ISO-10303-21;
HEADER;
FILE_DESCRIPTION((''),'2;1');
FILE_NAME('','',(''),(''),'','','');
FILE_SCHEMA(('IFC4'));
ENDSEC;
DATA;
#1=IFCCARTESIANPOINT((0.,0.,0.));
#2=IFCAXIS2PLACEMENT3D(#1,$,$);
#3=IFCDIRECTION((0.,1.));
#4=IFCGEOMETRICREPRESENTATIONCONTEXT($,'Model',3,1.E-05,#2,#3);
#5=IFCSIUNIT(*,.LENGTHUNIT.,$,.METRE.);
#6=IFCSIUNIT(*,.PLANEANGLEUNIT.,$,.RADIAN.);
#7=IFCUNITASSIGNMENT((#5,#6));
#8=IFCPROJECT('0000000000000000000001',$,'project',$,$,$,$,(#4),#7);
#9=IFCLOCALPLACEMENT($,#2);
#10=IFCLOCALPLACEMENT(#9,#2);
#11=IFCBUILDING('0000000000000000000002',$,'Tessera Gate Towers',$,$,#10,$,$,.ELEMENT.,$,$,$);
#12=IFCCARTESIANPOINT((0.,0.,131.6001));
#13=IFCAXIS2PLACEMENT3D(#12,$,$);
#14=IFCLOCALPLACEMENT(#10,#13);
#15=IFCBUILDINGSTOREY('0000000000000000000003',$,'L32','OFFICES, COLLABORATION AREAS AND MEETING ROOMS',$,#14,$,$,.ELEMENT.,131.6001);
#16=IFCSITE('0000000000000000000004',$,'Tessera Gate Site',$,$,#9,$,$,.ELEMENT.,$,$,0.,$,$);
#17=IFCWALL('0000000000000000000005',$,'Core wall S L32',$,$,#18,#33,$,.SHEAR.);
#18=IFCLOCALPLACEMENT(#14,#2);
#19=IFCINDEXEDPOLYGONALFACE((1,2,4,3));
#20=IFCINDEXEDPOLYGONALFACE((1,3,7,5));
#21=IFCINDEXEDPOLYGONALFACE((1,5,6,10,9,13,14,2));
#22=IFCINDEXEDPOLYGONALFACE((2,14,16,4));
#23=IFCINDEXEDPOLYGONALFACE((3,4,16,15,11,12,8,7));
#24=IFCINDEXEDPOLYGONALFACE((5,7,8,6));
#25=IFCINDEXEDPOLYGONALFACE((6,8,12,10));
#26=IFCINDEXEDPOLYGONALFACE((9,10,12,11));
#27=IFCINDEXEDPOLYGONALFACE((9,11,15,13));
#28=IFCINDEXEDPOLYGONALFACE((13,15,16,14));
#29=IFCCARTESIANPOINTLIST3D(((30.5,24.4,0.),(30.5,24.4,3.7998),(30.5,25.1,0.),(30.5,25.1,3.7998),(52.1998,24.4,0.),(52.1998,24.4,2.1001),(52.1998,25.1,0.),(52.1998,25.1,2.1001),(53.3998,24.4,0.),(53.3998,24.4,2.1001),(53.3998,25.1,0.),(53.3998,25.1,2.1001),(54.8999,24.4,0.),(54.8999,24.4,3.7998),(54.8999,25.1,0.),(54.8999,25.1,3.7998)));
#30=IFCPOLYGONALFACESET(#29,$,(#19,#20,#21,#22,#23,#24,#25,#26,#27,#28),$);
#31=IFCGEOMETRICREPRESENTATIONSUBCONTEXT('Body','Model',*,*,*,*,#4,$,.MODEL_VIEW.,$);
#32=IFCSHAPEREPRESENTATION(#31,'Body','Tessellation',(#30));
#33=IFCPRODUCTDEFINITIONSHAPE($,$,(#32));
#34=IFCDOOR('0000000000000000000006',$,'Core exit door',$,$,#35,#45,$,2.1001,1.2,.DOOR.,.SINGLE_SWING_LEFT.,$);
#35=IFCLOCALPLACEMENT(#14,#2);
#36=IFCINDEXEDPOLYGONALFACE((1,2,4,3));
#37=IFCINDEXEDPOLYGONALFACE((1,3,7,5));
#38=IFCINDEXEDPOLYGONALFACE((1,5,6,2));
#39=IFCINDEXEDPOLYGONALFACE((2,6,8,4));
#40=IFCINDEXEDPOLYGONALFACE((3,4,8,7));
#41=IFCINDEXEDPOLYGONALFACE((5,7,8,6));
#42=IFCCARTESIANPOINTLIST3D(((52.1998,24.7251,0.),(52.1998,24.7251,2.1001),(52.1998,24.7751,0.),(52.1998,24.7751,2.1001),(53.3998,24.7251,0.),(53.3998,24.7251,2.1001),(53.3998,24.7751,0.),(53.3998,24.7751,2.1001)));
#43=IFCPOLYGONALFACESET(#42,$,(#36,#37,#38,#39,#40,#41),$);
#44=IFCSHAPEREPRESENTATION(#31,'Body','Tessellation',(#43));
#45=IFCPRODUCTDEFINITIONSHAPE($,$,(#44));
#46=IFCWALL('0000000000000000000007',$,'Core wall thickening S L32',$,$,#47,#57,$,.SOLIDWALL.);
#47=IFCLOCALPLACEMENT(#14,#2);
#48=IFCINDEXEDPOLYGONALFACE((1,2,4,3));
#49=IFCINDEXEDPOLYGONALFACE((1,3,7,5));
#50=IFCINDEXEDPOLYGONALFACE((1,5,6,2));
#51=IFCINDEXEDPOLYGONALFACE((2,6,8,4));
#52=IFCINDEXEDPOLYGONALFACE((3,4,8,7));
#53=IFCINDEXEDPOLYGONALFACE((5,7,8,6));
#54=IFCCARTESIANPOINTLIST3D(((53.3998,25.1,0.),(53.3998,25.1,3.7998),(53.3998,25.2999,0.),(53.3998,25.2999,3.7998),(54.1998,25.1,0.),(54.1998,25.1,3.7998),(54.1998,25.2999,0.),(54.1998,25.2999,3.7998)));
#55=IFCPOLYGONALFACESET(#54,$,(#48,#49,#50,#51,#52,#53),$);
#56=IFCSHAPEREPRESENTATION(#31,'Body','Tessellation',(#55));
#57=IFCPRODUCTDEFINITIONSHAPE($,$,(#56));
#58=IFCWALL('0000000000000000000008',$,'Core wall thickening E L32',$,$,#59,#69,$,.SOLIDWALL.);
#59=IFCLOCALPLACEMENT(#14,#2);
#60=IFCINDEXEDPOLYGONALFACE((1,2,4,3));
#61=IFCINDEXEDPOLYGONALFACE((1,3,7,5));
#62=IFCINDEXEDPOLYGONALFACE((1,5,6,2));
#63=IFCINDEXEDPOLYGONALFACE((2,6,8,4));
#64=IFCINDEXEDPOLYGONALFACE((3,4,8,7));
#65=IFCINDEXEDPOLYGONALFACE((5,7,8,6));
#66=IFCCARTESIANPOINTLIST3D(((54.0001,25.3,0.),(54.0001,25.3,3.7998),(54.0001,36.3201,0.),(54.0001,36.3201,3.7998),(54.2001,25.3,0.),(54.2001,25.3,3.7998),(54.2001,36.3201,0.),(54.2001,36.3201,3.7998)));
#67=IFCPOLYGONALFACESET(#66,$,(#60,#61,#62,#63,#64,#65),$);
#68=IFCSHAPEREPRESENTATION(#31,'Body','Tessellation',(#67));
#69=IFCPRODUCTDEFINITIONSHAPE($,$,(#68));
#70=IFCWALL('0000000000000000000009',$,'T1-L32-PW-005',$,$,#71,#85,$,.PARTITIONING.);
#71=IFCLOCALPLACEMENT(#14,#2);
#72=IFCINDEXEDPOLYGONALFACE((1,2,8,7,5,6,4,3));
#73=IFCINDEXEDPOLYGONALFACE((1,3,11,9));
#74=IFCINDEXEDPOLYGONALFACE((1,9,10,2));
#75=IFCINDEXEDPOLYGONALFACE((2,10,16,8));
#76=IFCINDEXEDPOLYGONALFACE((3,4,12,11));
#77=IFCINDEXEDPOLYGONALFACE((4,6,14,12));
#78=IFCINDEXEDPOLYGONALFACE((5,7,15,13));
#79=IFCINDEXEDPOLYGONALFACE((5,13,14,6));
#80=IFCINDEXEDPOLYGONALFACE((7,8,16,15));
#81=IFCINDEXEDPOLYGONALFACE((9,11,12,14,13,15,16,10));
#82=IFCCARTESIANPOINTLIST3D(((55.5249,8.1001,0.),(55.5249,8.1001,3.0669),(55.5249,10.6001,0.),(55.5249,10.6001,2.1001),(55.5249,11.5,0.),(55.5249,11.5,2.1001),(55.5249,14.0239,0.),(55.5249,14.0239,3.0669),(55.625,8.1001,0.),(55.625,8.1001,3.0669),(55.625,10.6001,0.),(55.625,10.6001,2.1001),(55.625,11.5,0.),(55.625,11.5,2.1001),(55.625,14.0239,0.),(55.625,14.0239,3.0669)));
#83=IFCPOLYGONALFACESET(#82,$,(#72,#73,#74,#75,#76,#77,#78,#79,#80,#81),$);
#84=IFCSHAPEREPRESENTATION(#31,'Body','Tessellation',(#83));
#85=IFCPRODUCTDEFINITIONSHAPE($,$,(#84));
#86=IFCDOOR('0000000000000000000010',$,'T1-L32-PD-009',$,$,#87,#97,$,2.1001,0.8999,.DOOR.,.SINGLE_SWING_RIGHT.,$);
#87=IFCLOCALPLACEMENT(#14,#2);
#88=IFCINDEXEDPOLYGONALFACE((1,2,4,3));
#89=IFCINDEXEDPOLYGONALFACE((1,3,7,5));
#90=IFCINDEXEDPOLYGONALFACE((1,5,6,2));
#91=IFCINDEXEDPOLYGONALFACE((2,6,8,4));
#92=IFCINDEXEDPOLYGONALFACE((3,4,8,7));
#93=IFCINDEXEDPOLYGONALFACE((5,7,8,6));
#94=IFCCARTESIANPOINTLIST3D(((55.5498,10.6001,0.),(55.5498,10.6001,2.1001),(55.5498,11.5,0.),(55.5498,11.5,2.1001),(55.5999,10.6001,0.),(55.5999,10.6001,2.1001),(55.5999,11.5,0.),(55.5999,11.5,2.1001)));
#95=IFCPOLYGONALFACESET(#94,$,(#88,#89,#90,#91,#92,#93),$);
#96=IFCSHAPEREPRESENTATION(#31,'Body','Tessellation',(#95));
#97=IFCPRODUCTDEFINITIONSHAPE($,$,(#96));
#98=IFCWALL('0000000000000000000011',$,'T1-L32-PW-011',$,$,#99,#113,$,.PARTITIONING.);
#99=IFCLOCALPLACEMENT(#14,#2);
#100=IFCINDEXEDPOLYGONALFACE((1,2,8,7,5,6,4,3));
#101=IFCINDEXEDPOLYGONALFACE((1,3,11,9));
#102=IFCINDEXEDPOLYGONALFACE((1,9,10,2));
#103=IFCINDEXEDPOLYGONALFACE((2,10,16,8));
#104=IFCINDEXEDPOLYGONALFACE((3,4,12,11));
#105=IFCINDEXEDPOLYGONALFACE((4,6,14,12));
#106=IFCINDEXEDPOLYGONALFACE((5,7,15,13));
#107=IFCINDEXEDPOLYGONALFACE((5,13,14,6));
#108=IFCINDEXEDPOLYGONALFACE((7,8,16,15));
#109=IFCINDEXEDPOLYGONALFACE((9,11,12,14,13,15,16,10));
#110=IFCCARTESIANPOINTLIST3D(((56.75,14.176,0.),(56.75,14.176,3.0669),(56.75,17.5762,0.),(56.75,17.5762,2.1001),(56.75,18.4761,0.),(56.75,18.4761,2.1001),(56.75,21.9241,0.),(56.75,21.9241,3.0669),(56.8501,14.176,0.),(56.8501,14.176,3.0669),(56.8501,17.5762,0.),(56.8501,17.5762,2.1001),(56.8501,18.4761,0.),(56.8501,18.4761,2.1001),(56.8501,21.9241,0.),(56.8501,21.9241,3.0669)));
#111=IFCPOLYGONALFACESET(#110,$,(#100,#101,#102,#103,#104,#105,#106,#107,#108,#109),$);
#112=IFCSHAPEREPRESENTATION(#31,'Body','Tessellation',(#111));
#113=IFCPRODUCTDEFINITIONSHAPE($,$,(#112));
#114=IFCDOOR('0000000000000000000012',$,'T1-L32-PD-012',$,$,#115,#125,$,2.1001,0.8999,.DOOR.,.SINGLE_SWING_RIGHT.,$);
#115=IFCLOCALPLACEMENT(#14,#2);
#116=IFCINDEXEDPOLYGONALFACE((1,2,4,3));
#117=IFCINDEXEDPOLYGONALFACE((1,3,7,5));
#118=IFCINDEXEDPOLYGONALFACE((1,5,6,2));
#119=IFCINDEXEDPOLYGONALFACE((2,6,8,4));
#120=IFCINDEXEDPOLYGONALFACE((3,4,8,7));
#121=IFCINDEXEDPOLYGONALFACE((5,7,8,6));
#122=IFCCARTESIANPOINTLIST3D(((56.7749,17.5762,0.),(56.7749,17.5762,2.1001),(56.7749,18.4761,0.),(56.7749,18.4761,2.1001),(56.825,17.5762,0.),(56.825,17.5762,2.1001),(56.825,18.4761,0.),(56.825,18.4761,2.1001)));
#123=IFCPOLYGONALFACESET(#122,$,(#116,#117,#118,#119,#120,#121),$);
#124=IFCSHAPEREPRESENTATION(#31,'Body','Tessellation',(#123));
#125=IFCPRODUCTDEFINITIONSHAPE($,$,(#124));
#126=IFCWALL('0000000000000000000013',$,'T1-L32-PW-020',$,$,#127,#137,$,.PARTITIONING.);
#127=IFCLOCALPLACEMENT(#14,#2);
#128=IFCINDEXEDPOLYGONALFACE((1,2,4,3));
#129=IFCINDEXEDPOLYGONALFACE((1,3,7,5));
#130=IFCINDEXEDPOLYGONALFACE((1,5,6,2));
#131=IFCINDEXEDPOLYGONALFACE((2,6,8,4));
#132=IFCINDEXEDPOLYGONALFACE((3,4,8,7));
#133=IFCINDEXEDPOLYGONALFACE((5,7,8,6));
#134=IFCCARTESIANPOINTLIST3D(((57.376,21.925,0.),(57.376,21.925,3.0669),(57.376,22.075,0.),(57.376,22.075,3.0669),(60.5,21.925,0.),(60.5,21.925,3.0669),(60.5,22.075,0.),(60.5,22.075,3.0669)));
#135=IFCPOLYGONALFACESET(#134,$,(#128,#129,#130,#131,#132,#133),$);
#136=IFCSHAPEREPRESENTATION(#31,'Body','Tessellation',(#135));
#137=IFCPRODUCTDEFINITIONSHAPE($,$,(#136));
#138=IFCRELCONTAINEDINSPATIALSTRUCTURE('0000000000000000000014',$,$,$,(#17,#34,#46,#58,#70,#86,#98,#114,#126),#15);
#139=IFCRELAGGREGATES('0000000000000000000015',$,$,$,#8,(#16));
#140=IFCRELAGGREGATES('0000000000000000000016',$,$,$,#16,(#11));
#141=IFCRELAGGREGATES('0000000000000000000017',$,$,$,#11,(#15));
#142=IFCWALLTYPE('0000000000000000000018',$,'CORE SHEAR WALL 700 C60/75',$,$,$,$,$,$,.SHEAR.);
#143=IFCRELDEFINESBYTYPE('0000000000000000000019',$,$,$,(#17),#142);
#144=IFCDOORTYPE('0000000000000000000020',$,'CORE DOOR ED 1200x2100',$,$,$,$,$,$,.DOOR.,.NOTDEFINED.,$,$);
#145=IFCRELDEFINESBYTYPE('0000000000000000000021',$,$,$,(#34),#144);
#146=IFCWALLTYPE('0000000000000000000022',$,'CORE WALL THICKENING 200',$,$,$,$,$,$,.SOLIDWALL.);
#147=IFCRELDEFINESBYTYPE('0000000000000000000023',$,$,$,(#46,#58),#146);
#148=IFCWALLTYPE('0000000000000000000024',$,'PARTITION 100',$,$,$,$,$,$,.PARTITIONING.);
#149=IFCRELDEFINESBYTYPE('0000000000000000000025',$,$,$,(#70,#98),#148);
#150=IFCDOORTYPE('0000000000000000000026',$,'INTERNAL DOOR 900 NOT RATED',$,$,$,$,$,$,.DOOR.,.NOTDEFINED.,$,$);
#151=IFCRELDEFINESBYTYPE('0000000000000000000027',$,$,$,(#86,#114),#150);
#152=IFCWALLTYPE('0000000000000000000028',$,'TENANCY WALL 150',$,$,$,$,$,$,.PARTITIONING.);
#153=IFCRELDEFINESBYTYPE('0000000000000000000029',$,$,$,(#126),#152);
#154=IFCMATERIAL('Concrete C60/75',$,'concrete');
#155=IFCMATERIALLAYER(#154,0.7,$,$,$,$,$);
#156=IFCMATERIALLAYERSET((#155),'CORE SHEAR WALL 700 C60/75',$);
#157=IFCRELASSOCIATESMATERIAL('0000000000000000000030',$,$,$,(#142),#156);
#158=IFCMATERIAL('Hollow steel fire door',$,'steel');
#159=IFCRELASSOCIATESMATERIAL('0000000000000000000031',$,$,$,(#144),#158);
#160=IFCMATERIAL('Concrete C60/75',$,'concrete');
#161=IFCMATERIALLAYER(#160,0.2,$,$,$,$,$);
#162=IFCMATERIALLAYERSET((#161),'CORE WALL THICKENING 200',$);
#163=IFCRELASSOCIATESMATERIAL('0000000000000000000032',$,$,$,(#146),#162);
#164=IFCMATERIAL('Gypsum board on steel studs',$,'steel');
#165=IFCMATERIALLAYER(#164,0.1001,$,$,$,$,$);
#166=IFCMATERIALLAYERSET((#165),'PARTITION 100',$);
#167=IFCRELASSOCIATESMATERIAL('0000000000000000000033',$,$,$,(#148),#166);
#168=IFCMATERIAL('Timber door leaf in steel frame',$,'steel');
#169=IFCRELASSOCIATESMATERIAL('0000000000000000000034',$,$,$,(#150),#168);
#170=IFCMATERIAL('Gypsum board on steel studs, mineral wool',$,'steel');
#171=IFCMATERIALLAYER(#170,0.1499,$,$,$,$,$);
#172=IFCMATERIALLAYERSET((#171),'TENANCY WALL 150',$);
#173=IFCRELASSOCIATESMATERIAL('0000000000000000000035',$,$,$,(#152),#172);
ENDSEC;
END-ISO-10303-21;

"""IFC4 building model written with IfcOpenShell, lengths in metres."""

from ifc_helpers import new_model, si_unit, direction, frame, frame_2d, origin, place, context, subcontext, project, spatial, rectangle, extrude, source, transform, mapped, material, layer, layer_set, type_object, element, fill, save


model = new_model("IFC4")

# Units and contexts
model_context = context("Model", 3, precision=1e-05, world=origin(), true_north=direction((0.0, 1.0)))
body_context = subcontext(model_context, "Body", "Model", "MODEL_VIEW")
ifc_project = project(units=[si_unit("LENGTHUNIT", "METRE"), si_unit("PLANEANGLEUNIT", "RADIAN")], contexts=[model_context])

# Site, building, storey
site_placement = place(None, origin())
site = spatial("IfcSite", under=ifc_project, at=site_placement, Name="Tessera Gate Site", CompositionType="ELEMENT", RefElevation=0.0)
building_placement = place(site_placement, origin())
building = spatial("IfcBuilding", under=site, at=building_placement, Name="Tessera Gate Towers", CompositionType="ELEMENT")
storey_placement = place(building_placement, frame((0.0, 0.0, 131.6001)))
storey = spatial("IfcBuildingStorey", under=building, at=storey_placement, Name="L32", Description="OFFICES, COLLABORATION AREAS AND MEETING ROOMS", CompositionType="ELEMENT", Elevation=131.6001)

# Wall, opening, door
shared_shape_1 = source(origin(), body_context, "Body", "SweptSolid", [
    extrude(rectangle(XDim=1.2, YDim=2.1001, at=frame_2d((0.6001, 1.05))), frame((0.0, 0.0249, 0.0), z_axis=(0.0, -1.0, 0.0), x_axis=(1.0, 0.0, 0.0)), (0.0, 0.0, 1.0), 0.05),
])
ifc_material_1 = material(Name="Concrete C60/75", Category="concrete")
ifc_layer_1 = layer(ifc_material_1, 0.7)
ifc_layer_set_1 = layer_set([ifc_layer_1], Name="CORE SHEAR WALL 700 C60/75")
wall_type_1 = type_object("IfcWallType", Name="CORE SHEAR WALL 700 C60/75", PredefinedType="SHEAR", material=ifc_layer_set_1)
wall_1_placement = place(storey_placement, frame((54.8999, 24.75, 0.0), z_axis=(0.0, 0.0, 1.0), x_axis=(-1.0, 0.0, 0.0)))
wall_1 = element("IfcWall", 1, at=wall_1_placement, inside=storey, type_object=wall_type_1, Name="Core wall S L32", PredefinedType="SHEAR", context=body_context, shape_type="SweptSolid", body=[
    extrude(rectangle(XDim=24.3999, YDim=0.7, at=frame_2d((12.2, 0.0))), origin(), (0.0, 0.0, 1.0), 3.7998),
])
shared_shape_2 = source(origin(), body_context, "Body", "SweptSolid", [
    extrude(rectangle(XDim=1.2, YDim=2.1001, at=frame_2d((0.6001, 1.05))), frame((0.0, 0.3599, 0.0), z_axis=(0.0, -1.0, 0.0), x_axis=(1.0, 0.0, 0.0)), (0.0, 0.0, 1.0), 0.72),
])
opening_1_placement = place(wall_1_placement, frame((1.5, 0.0, 0.0)))
opening_1 = element("IfcOpeningElement", 2, at=opening_1_placement, cuts=wall_1, PredefinedType="OPENING", context=body_context, shape_type="MappedRepresentation", body=[
    mapped(shared_shape_2, transform((0.0, 0.0, 0.0), scale=1.0)),
])
ifc_material_2 = material(Name="Hollow steel fire door", Category="steel")
door_type_1 = type_object("IfcDoorType", Name="CORE DOOR ED 1200x2100", OperationType="NOTDEFINED", PredefinedType="DOOR", material=ifc_material_2)
door_1_placement = place(opening_1_placement, origin())
door_1 = element("IfcDoor", 3, at=door_1_placement, inside=storey, type_object=door_type_1, Name="Core exit door", OperationType="SINGLE_SWING_LEFT", OverallHeight=2.1001, OverallWidth=1.2, PredefinedType="DOOR", context=body_context, shape_type="MappedRepresentation", body=[
    mapped(shared_shape_1, transform((0.0, 0.0, 0.0), scale=1.0)),
])
fill(opening_1, door_1)

# Walls
ifc_material_3 = material(Name="Concrete C60/75", Category="concrete")
ifc_layer_2 = layer(ifc_material_3, 0.2)
ifc_layer_set_2 = layer_set([ifc_layer_2], Name="CORE WALL THICKENING 200")
wall_type_2 = type_object("IfcWallType", Name="CORE WALL THICKENING 200", PredefinedType="SOLIDWALL", material=ifc_layer_set_2)
wall_2_placement = place(storey_placement, frame((53.3999, 25.2, 0.0), z_axis=(0.0, 0.0, 1.0), x_axis=(1.0, 0.0, 0.0)))
element("IfcWall", 4, at=wall_2_placement, inside=storey, type_object=wall_type_2, Name="Core wall thickening S L32", PredefinedType="SOLIDWALL", context=body_context, shape_type="SweptSolid", body=[
    extrude(rectangle(XDim=0.8, YDim=0.2, at=frame_2d((0.3999, 0.0))), origin(), (0.0, 0.0, 1.0), 3.7998),
])
wall_3_placement = place(storey_placement, frame((54.1001, 25.3, 0.0), z_axis=(0.0, 0.0, 1.0), x_axis=(0.0, 1.0, 0.0)))
element("IfcWall", 5, at=wall_3_placement, inside=storey, type_object=wall_type_2, Name="Core wall thickening E L32", PredefinedType="SOLIDWALL", context=body_context, shape_type="SweptSolid", body=[
    extrude(rectangle(XDim=11.02, YDim=0.2, at=frame_2d((5.51, 0.0))), origin(), (0.0, 0.0, 1.0), 3.7998),
])

# Walls, openings, doors
ifc_material_4 = material(Name="Gypsum board on steel studs", Category="steel")
ifc_layer_3 = layer(ifc_material_4, 0.1001)
ifc_layer_set_3 = layer_set([ifc_layer_3], Name="PARTITION 100")
wall_type_3 = type_object("IfcWallType", Name="PARTITION 100", PredefinedType="PARTITIONING", material=ifc_layer_set_3)
wall_4_placement = place(storey_placement, frame((55.575, 14.0239, 0.0), z_axis=(0.0, 0.0, 1.0), x_axis=(0.0, -1.0, 0.0)))
wall_4 = element("IfcWall", 6, at=wall_4_placement, inside=storey, type_object=wall_type_3, Name="T1-L32-PW-005", PredefinedType="PARTITIONING", context=body_context, shape_type="SweptSolid", body=[
    extrude(rectangle(XDim=5.9238, YDim=0.1001, at=frame_2d((2.9619, 0.0))), origin(), (0.0, 0.0, 1.0), 3.0669),
])
shared_shape_3 = source(origin(), body_context, "Body", "SweptSolid", [
    extrude(rectangle(XDim=0.8999, YDim=2.1001, at=frame_2d((0.45, 1.05))), frame((0.0, 0.0601, 0.0), z_axis=(0.0, -1.0, 0.0), x_axis=(1.0, 0.0, 0.0)), (0.0, 0.0, 1.0), 0.1201),
])
opening_2_placement = place(wall_4_placement, frame((2.5239, 0.0, 0.0)))
opening_2 = element("IfcOpeningElement", 7, at=opening_2_placement, cuts=wall_4, PredefinedType="OPENING", context=body_context, shape_type="MappedRepresentation", body=[
    mapped(shared_shape_3, transform((0.0, 0.0, 0.0), scale=1.0)),
])
ifc_material_5 = material(Name="Timber door leaf in steel frame", Category="steel")
door_type_2 = type_object("IfcDoorType", Name="INTERNAL DOOR 900 NOT RATED", OperationType="NOTDEFINED", PredefinedType="DOOR", material=ifc_material_5)
shared_shape_4 = source(origin(), body_context, "Body", "SweptSolid", [
    extrude(rectangle(XDim=0.8999, YDim=2.1001, at=frame_2d((0.45, 1.05))), frame((0.0, 0.0249, 0.0), z_axis=(0.0, -1.0, 0.0), x_axis=(1.0, 0.0, 0.0)), (0.0, 0.0, 1.0), 0.05),
])
door_2_placement = place(opening_2_placement, origin())
door_2 = element("IfcDoor", 8, at=door_2_placement, inside=storey, type_object=door_type_2, Name="T1-L32-PD-009", OperationType="SINGLE_SWING_RIGHT", OverallHeight=2.1001, OverallWidth=0.8999, PredefinedType="DOOR", context=body_context, shape_type="MappedRepresentation", body=[
    mapped(shared_shape_4, transform((0.0, 0.0, 0.0), scale=1.0)),
])
fill(opening_2, door_2)
wall_5_placement = place(storey_placement, frame((56.8, 21.9241, 0.0), z_axis=(0.0, 0.0, 1.0), x_axis=(0.0, -1.0, 0.0)))
wall_5 = element("IfcWall", 9, at=wall_5_placement, inside=storey, type_object=wall_type_3, Name="T1-L32-PW-011", PredefinedType="PARTITIONING", context=body_context, shape_type="SweptSolid", body=[
    extrude(rectangle(XDim=7.748, YDim=0.1001, at=frame_2d((3.874, 0.0))), origin(), (0.0, 0.0, 1.0), 3.0669),
])
opening_3_placement = place(wall_5_placement, frame((3.448, 0.0, 0.0)))
opening_3 = element("IfcOpeningElement", 10, at=opening_3_placement, cuts=wall_5, PredefinedType="OPENING", context=body_context, shape_type="MappedRepresentation", body=[
    mapped(shared_shape_3, transform((0.0, 0.0, 0.0), scale=1.0)),
])
door_3_placement = place(opening_3_placement, origin())
door_3 = element("IfcDoor", 11, at=door_3_placement, inside=storey, type_object=door_type_2, Name="T1-L32-PD-012", OperationType="SINGLE_SWING_RIGHT", OverallHeight=2.1001, OverallWidth=0.8999, PredefinedType="DOOR", context=body_context, shape_type="MappedRepresentation", body=[
    mapped(shared_shape_4, transform((0.0, 0.0, 0.0), scale=1.0)),
])
fill(opening_3, door_3)

# Wall
ifc_material_6 = material(Name="Gypsum board on steel studs, mineral wool", Category="steel")
ifc_layer_4 = layer(ifc_material_6, 0.1499)
ifc_layer_set_4 = layer_set([ifc_layer_4], Name="TENANCY WALL 150")
wall_type_4 = type_object("IfcWallType", Name="TENANCY WALL 150", PredefinedType="PARTITIONING", material=ifc_layer_set_4)
wall_6_placement = place(storey_placement, frame((57.376, 22.0, 0.0), z_axis=(0.0, 0.0, 1.0), x_axis=(1.0, 0.0, 0.0)))
element("IfcWall", 12, at=wall_6_placement, inside=storey, type_object=wall_type_4, Name="T1-L32-PW-020", PredefinedType="PARTITIONING", context=body_context, shape_type="SweptSolid", body=[
    extrude(rectangle(XDim=3.124, YDim=0.1499, at=frame_2d((1.562, 0.0))), origin(), (0.0, 0.0, 1.0), 3.0669),
])

save(model, "model.ifc")
